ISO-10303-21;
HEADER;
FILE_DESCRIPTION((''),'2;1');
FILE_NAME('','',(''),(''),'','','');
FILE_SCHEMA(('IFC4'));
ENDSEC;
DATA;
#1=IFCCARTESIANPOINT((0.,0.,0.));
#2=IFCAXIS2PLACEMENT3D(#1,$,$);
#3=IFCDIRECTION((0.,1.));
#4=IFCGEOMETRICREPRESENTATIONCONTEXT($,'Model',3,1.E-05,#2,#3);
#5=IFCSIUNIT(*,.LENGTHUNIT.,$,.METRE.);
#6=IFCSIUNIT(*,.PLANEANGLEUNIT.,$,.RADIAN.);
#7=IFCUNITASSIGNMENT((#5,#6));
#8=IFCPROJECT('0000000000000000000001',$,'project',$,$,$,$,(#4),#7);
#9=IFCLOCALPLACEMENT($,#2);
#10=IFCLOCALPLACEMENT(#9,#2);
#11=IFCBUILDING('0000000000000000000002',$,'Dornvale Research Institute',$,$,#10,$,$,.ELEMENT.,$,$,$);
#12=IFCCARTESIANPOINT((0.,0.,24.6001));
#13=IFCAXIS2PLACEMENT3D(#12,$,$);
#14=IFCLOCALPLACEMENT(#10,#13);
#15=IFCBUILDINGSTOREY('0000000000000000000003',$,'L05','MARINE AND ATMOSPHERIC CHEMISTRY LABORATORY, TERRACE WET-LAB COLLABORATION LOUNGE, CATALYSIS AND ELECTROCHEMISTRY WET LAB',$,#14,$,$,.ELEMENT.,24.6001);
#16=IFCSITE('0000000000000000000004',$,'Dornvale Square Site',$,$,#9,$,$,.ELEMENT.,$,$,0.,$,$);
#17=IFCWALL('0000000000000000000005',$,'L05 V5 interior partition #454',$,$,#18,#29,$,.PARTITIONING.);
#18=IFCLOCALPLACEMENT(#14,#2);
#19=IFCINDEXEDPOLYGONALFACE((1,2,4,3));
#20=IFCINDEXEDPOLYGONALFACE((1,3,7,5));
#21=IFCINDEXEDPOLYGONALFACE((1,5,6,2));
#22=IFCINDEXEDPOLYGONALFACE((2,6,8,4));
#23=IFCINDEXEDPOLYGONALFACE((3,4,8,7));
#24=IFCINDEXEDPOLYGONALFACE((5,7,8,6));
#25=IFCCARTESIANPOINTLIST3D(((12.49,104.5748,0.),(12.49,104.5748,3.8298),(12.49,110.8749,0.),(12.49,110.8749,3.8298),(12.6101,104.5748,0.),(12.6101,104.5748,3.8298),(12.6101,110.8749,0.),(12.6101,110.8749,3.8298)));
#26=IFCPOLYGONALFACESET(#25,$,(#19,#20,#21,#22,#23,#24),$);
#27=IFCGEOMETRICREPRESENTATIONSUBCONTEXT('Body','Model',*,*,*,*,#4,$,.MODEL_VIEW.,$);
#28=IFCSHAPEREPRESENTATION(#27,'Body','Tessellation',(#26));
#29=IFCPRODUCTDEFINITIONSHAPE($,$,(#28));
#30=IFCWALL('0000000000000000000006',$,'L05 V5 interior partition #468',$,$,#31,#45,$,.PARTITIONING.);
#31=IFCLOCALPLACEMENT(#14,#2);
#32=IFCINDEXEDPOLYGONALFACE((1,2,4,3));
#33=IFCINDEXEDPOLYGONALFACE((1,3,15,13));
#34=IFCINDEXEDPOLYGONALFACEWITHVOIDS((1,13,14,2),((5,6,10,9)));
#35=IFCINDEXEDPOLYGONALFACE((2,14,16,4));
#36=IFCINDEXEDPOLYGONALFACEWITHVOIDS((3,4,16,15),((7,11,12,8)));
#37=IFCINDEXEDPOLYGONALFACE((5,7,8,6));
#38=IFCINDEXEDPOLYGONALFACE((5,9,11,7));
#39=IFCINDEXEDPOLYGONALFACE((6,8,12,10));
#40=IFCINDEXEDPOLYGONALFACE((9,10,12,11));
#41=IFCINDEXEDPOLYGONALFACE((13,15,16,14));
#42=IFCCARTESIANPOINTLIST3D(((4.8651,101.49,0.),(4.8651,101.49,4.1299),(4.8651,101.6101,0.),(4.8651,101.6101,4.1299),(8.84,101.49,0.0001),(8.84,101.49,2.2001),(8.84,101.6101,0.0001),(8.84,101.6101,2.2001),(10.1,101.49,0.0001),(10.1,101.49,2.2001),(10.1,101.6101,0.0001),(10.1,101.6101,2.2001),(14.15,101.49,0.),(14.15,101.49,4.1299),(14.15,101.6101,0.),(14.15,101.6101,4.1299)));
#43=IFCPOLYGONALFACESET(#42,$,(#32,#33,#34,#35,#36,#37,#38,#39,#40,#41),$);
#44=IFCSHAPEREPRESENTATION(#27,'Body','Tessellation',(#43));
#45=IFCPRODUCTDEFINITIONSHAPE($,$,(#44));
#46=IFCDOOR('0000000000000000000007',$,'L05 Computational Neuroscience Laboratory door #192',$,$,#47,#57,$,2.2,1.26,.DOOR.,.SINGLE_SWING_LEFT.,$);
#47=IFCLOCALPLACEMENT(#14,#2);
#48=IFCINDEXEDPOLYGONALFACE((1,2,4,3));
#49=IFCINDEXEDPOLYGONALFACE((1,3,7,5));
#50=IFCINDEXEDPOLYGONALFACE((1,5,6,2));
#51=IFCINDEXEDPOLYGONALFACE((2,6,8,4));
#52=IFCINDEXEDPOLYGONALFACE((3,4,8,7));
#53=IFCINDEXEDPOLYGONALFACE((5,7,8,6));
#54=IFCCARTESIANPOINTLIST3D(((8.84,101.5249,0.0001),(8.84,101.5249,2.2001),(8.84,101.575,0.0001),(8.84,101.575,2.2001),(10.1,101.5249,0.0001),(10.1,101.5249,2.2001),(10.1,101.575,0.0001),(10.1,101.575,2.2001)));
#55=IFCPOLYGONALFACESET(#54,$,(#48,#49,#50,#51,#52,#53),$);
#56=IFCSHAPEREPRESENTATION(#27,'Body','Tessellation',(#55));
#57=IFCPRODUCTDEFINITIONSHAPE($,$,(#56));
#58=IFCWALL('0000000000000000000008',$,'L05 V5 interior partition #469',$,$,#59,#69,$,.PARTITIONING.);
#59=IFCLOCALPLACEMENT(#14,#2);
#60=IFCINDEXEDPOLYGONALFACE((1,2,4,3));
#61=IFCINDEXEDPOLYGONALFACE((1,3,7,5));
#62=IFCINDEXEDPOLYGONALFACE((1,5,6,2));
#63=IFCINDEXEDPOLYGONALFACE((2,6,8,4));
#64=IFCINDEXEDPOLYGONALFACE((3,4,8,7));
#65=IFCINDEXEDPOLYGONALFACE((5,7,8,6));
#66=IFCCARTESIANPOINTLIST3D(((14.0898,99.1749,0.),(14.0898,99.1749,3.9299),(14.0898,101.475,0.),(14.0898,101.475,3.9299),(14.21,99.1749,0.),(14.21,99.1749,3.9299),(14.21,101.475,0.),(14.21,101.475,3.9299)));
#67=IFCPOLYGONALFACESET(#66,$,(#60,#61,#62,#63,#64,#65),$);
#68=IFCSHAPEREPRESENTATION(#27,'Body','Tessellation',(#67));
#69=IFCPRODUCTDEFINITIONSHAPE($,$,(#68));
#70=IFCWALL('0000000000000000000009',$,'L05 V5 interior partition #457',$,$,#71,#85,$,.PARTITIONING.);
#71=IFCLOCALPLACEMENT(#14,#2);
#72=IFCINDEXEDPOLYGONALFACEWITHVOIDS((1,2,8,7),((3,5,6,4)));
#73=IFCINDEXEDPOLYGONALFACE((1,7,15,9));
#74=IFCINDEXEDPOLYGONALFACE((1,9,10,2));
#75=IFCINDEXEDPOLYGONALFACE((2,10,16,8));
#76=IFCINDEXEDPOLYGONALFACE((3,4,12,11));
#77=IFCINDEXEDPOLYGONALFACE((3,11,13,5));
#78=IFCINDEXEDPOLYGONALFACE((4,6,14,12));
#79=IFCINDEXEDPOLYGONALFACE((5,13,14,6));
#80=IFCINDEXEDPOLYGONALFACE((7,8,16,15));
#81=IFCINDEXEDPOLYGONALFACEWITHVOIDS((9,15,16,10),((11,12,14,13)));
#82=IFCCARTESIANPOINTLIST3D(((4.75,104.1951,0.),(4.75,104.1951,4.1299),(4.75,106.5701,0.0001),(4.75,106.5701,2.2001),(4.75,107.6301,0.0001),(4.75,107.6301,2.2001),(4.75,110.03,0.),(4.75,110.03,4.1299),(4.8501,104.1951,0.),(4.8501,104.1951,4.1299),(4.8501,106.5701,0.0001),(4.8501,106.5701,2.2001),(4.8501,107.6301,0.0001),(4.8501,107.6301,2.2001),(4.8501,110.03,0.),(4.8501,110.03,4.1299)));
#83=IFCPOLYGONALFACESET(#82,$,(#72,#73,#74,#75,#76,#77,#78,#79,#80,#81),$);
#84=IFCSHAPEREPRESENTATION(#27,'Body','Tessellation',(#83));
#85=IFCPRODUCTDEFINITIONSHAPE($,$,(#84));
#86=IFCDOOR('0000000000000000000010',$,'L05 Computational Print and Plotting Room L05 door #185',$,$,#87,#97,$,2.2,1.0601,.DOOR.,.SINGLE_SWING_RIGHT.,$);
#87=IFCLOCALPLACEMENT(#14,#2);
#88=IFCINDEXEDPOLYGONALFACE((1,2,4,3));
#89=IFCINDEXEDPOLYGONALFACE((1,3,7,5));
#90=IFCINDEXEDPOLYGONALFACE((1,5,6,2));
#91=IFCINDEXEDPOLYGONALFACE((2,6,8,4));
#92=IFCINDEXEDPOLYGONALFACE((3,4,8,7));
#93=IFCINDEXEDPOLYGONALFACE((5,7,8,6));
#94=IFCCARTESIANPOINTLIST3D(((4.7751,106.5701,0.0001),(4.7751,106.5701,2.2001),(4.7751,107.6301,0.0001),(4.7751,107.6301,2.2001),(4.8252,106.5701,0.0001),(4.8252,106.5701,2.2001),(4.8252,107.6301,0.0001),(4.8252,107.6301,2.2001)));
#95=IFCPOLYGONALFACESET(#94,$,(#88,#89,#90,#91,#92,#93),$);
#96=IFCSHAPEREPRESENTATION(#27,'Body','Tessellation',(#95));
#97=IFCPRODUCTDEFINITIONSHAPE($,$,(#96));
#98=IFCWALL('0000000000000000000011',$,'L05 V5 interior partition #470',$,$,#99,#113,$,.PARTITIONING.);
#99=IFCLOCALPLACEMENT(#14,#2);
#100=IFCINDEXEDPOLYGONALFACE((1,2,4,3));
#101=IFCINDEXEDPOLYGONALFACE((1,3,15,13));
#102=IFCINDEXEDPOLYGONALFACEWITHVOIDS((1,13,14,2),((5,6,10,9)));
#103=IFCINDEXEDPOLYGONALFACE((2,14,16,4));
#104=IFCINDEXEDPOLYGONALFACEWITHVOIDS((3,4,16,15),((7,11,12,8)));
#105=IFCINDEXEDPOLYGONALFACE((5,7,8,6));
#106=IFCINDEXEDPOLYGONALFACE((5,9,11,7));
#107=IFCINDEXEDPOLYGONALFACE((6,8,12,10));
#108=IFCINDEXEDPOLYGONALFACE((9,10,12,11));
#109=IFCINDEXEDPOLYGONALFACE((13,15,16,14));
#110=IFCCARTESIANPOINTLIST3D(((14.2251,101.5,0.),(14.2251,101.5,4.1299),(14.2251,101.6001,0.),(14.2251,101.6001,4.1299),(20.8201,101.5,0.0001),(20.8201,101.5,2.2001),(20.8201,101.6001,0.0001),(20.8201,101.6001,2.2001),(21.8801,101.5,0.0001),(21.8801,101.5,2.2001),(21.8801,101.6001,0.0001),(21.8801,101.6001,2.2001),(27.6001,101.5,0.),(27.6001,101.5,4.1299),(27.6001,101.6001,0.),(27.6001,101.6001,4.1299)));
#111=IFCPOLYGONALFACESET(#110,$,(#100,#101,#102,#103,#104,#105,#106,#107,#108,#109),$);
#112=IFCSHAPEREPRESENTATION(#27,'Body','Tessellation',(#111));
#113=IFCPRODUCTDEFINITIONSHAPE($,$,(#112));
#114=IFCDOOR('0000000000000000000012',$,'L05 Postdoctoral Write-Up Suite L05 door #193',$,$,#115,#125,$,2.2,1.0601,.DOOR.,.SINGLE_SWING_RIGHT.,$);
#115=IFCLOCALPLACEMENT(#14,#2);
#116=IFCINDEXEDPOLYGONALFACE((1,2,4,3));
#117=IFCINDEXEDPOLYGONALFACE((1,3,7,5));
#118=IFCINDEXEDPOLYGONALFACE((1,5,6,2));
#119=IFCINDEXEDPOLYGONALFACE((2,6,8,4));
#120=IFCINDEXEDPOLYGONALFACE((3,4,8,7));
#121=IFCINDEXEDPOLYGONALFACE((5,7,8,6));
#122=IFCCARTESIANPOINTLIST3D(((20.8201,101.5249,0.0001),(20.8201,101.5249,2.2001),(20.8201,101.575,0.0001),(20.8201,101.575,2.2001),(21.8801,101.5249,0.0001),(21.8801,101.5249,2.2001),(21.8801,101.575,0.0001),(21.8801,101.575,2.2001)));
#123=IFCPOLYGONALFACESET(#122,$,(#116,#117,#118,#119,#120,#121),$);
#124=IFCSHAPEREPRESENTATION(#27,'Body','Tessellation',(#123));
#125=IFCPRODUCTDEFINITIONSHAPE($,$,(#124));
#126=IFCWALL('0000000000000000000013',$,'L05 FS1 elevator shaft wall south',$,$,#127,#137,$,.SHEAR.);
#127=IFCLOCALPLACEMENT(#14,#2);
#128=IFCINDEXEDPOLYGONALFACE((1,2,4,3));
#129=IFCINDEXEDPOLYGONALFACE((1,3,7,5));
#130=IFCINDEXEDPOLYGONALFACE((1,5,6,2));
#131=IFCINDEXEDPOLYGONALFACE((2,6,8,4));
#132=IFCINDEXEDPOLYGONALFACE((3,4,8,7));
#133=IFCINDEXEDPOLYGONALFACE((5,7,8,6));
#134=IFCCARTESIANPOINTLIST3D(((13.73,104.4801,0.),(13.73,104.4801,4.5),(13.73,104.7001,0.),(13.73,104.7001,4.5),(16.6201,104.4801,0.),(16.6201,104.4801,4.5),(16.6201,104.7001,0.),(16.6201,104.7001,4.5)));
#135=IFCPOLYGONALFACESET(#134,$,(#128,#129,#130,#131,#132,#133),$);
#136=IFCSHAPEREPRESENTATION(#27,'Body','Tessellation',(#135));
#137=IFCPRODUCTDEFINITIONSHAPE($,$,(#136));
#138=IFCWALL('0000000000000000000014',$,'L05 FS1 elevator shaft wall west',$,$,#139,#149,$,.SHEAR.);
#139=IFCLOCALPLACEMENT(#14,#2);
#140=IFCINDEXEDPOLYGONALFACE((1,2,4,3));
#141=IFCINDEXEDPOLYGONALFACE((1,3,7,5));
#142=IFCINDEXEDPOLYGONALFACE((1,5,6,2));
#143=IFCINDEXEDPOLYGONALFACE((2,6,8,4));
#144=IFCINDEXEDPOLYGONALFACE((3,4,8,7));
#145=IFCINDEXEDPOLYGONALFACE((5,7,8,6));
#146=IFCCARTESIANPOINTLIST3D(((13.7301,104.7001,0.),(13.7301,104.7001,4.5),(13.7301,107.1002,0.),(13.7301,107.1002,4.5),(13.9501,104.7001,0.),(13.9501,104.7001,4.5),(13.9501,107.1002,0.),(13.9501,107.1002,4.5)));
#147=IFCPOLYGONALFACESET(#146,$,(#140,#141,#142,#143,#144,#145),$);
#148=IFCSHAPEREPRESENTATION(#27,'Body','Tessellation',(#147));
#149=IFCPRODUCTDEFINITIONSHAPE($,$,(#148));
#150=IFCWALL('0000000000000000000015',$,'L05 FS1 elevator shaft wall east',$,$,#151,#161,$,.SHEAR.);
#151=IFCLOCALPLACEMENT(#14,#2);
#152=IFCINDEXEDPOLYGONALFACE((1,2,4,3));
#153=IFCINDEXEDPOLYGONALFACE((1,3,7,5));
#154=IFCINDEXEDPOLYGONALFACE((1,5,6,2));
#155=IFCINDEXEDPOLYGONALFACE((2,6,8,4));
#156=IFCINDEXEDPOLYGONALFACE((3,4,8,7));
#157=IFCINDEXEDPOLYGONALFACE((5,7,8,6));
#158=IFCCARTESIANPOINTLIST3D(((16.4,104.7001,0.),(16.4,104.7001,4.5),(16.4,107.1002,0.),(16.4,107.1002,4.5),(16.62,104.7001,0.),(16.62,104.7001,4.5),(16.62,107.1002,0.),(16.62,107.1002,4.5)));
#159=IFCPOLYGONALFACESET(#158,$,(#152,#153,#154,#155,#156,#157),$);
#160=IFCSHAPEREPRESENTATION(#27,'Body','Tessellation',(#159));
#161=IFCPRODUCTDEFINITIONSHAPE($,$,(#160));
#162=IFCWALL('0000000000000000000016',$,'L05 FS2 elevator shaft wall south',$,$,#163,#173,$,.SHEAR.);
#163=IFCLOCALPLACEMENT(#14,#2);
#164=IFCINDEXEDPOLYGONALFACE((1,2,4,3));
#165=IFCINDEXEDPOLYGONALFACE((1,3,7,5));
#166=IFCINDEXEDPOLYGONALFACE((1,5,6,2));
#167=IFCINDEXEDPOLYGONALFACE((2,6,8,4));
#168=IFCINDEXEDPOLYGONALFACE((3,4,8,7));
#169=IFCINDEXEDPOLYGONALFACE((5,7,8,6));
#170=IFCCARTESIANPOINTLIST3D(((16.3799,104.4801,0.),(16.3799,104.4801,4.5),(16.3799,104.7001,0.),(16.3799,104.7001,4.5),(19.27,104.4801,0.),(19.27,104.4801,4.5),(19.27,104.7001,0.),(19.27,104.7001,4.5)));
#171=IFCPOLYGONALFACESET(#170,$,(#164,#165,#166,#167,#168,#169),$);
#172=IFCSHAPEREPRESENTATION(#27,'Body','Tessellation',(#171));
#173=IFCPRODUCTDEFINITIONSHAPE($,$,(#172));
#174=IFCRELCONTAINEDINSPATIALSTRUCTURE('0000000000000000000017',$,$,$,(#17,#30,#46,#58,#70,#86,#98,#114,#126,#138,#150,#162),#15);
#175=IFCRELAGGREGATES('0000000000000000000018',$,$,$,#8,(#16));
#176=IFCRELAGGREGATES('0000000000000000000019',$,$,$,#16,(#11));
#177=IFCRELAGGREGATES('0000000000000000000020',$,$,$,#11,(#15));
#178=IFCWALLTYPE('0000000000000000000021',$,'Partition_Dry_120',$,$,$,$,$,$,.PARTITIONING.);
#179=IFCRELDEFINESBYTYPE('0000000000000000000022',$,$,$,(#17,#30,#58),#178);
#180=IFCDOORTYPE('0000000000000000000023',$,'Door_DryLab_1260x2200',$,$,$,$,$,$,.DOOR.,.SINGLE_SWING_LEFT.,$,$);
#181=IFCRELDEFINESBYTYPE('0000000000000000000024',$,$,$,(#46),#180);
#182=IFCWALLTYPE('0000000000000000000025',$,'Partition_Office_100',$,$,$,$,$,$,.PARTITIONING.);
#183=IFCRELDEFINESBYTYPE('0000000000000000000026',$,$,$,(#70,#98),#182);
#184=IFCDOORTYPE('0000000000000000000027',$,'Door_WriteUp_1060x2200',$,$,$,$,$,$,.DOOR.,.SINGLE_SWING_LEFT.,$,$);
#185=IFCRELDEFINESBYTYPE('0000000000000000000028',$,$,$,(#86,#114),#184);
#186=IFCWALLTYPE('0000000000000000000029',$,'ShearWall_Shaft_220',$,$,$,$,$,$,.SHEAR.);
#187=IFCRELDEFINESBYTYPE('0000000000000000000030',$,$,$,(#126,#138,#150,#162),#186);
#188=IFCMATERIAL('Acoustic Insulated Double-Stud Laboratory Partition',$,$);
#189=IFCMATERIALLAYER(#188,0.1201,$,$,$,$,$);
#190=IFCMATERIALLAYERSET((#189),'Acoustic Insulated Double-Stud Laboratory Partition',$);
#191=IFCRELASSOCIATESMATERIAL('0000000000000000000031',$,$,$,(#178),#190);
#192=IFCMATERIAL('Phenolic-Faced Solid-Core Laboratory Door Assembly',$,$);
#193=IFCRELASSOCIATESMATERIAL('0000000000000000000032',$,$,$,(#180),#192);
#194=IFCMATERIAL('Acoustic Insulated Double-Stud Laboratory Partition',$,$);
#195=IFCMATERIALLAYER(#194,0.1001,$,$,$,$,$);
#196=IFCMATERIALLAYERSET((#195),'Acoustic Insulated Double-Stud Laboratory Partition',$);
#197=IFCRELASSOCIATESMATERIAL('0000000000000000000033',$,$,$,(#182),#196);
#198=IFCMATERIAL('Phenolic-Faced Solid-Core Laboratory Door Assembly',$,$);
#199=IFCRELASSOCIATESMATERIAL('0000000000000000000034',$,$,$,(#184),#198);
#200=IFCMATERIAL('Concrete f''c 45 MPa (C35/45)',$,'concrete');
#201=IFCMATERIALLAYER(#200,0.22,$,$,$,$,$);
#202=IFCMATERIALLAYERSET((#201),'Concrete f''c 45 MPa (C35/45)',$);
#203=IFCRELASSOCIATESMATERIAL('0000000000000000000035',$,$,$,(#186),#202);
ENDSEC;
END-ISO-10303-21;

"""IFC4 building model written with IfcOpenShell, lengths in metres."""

from ifc_helpers import new_model, si_unit, direction, frame, frame_2d, origin, place, context, subcontext, project, spatial, rectangle, extrude, material, layer, layer_set, type_object, element, fill, save


model = new_model("IFC4")

# Units and contexts
model_context = context("Model", 3, precision=1e-05, world=origin(), true_north=direction((0.0, 1.0)))
body_context = subcontext(model_context, "Body", "Model", "MODEL_VIEW")
ifc_project = project(units=[si_unit("LENGTHUNIT", "METRE"), si_unit("PLANEANGLEUNIT", "RADIAN")], contexts=[model_context])

# Site, building, storey
site_placement = place(None, origin())
site = spatial("IfcSite", under=ifc_project, at=site_placement, Name="Dornvale Square Site", CompositionType="ELEMENT", RefElevation=0.0)
building_placement = place(site_placement, origin())
building = spatial("IfcBuilding", under=site, at=building_placement, Name="Dornvale Research Institute", CompositionType="ELEMENT")
storey_placement = place(building_placement, frame((0.0, 0.0, 24.6001)))
storey = spatial("IfcBuildingStorey", under=building, at=storey_placement, Name="L05", Description="MARINE AND ATMOSPHERIC CHEMISTRY LABORATORY, TERRACE WET-LAB COLLABORATION LOUNGE, CATALYSIS AND ELECTROCHEMISTRY WET LAB", CompositionType="ELEMENT", Elevation=24.6001)

# Wall
ifc_material_1 = material(Name="Acoustic Insulated Double-Stud Laboratory Partition")
ifc_layer_1 = layer(ifc_material_1, 0.1201)
ifc_layer_set_1 = layer_set([ifc_layer_1], Name="Acoustic Insulated Double-Stud Laboratory Partition")
wall_type_1 = type_object("IfcWallType", Name="Partition_Dry_120", PredefinedType="PARTITIONING", material=ifc_layer_set_1)
for number, where, z_axis, x_axis, name in (
    (1, (12.55, 104.575, 0.0), (0.0, 0.0, 1.0), (0.0, 1.0, 0.0), "L05 V5 interior partition #454"),
):
    element("IfcWall", number, at=place(storey_placement, frame(where, z_axis=z_axis, x_axis=x_axis)), inside=storey, type_object=wall_type_1, Name=name, PredefinedType="PARTITIONING", context=body_context, shape_type="SweptSolid", body=[
        extrude(rectangle(XDim=6.3, YDim=0.1201, at=frame_2d((3.1499, 0.0))), origin(), (0.0, 0.0, 1.0), 3.8298),
    ])

# Wall, opening, door
wall_1_placement = place(storey_placement, frame((4.865, 101.55, 0.0), z_axis=(0.0, 0.0, 1.0), x_axis=(1.0, 0.0, 0.0)))
wall_1 = element("IfcWall", 2, at=wall_1_placement, inside=storey, type_object=wall_type_1, Name="L05 V5 interior partition #468", PredefinedType="PARTITIONING", context=body_context, shape_type="SweptSolid", body=[
    extrude(rectangle(XDim=9.2849, YDim=0.1201, at=frame_2d((4.6426, 0.0))), origin(), (0.0, 0.0, 1.0), 4.1299),
])
opening_1_placement = place(wall_1_placement, frame((3.9751, 0.0, 0.0)))
opening_1 = element("IfcOpeningElement", 3, at=opening_1_placement, cuts=wall_1, PredefinedType="OPENING", context=body_context, shape_type="SweptSolid", body=[
    extrude(rectangle(XDim=1.26, YDim=2.2, at=frame_2d((0.6299, 1.1001))), frame((0.0, 0.075, 0.0), z_axis=(0.0, -1.0, 0.0), x_axis=(1.0, 0.0, 0.0)), (0.0, 0.0, 1.0), 0.1501),
])
ifc_material_2 = material(Name="Phenolic-Faced Solid-Core Laboratory Door Assembly")
door_type_1 = type_object("IfcDoorType", Name="Door_DryLab_1260x2200", OperationType="SINGLE_SWING_LEFT", PredefinedType="DOOR", material=ifc_material_2)
door_1_placement = place(opening_1_placement, origin())
door_1 = element("IfcDoor", 4, at=door_1_placement, inside=storey, type_object=door_type_1, Name="L05 Computational Neuroscience Laboratory door #192", OperationType="SINGLE_SWING_LEFT", OverallHeight=2.2, OverallWidth=1.26, PredefinedType="DOOR", context=body_context, shape_type="SweptSolid", body=[
    extrude(rectangle(XDim=1.26, YDim=2.2, at=frame_2d((0.6299, 1.1001))), frame((0.0, 0.0249, 0.0), z_axis=(0.0, -1.0, 0.0), x_axis=(1.0, 0.0, 0.0)), (0.0, 0.0, 1.0), 0.05),
])
fill(opening_1, door_1)

# Wall
wall_2_placement = place(storey_placement, frame((14.1499, 99.175, 0.0), z_axis=(0.0, 0.0, 1.0), x_axis=(0.0, 1.0, 0.0)))
element("IfcWall", 5, at=wall_2_placement, inside=storey, type_object=wall_type_1, Name="L05 V5 interior partition #469", PredefinedType="PARTITIONING", context=body_context, shape_type="SweptSolid", body=[
    extrude(rectangle(XDim=2.3, YDim=0.1201, at=frame_2d((1.1499, 0.0))), origin(), (0.0, 0.0, 1.0), 3.9299),
])

# Walls, openings, doors
ifc_material_3 = material(Name="Acoustic Insulated Double-Stud Laboratory Partition")
ifc_layer_2 = layer(ifc_material_3, 0.1001)
ifc_layer_set_2 = layer_set([ifc_layer_2], Name="Acoustic Insulated Double-Stud Laboratory Partition")
wall_type_2 = type_object("IfcWallType", Name="Partition_Office_100", PredefinedType="PARTITIONING", material=ifc_layer_set_2)
wall_3_placement = place(storey_placement, frame((4.8, 104.1951, 0.0), z_axis=(0.0, 0.0, 1.0), x_axis=(0.0, 1.0, 0.0)))
wall_3 = element("IfcWall", 6, at=wall_3_placement, inside=storey, type_object=wall_type_2, Name="L05 V5 interior partition #457", PredefinedType="PARTITIONING", context=body_context, shape_type="SweptSolid", body=[
    extrude(rectangle(XDim=5.835, YDim=0.1001, at=frame_2d((2.9175, 0.0))), origin(), (0.0, 0.0, 1.0), 4.1299),
])
opening_2_placement = place(wall_3_placement, frame((2.375, 0.0, 0.0)))
opening_2 = element("IfcOpeningElement", 7, at=opening_2_placement, cuts=wall_3, PredefinedType="OPENING", context=body_context, shape_type="SweptSolid", body=[
    extrude(rectangle(XDim=1.0601, YDim=2.2, at=frame_2d((0.53, 1.1001))), frame((0.0, 0.0649, 0.0), z_axis=(0.0, -1.0, 0.0), x_axis=(1.0, 0.0, 0.0)), (0.0, 0.0, 1.0), 0.1301),
])
ifc_material_4 = material(Name="Phenolic-Faced Solid-Core Laboratory Door Assembly")
door_type_2 = type_object("IfcDoorType", Name="Door_WriteUp_1060x2200", OperationType="SINGLE_SWING_LEFT", PredefinedType="DOOR", material=ifc_material_4)
door_2_placement = place(opening_2_placement, origin())
door_2 = element("IfcDoor", 8, at=door_2_placement, inside=storey, type_object=door_type_2, Name="L05 Computational Print and Plotting Room L05 door #185", OperationType="SINGLE_SWING_RIGHT", OverallHeight=2.2, OverallWidth=1.0601, PredefinedType="DOOR", context=body_context, shape_type="SweptSolid", body=[
    extrude(rectangle(XDim=1.0601, YDim=2.2, at=frame_2d((0.53, 1.1001))), frame((0.0, 0.0249, 0.0), z_axis=(0.0, -1.0, 0.0), x_axis=(1.0, 0.0, 0.0)), (0.0, 0.0, 1.0), 0.05),
])
fill(opening_2, door_2)
wall_4_placement = place(storey_placement, frame((14.2251, 101.55, 0.0), z_axis=(0.0, 0.0, 1.0), x_axis=(1.0, 0.0, 0.0)))
wall_4 = element("IfcWall", 9, at=wall_4_placement, inside=storey, type_object=wall_type_2, Name="L05 V5 interior partition #470", PredefinedType="PARTITIONING", context=body_context, shape_type="SweptSolid", body=[
    extrude(rectangle(XDim=13.375, YDim=0.1001, at=frame_2d((6.6875, 0.0))), origin(), (0.0, 0.0, 1.0), 4.1299),
])
opening_3_placement = place(wall_4_placement, frame((6.595, 0.0, 0.0)))
opening_3 = element("IfcOpeningElement", 10, at=opening_3_placement, cuts=wall_4, PredefinedType="OPENING", context=body_context, shape_type="SweptSolid", body=[
    extrude(rectangle(XDim=1.0601, YDim=2.2, at=frame_2d((0.53, 1.1001))), frame((0.0, 0.0649, 0.0), z_axis=(0.0, -1.0, 0.0), x_axis=(1.0, 0.0, 0.0)), (0.0, 0.0, 1.0), 0.1301),
])
door_3_placement = place(opening_3_placement, origin())
door_3 = element("IfcDoor", 11, at=door_3_placement, inside=storey, type_object=door_type_2, Name="L05 Postdoctoral Write-Up Suite L05 door #193", OperationType="SINGLE_SWING_RIGHT", OverallHeight=2.2, OverallWidth=1.0601, PredefinedType="DOOR", context=body_context, shape_type="SweptSolid", body=[
    extrude(rectangle(XDim=1.0601, YDim=2.2, at=frame_2d((0.53, 1.1001))), frame((0.0, 0.0249, 0.0), z_axis=(0.0, -1.0, 0.0), x_axis=(1.0, 0.0, 0.0)), (0.0, 0.0, 1.0), 0.05),
])
fill(opening_3, door_3)

# Walls
ifc_material_5 = material(Name="Concrete f'c 45 MPa (C35/45)", Category="concrete")
ifc_layer_3 = layer(ifc_material_5, 0.22)
ifc_layer_set_3 = layer_set([ifc_layer_3], Name="Concrete f'c 45 MPa (C35/45)")
wall_type_3 = type_object("IfcWallType", Name="ShearWall_Shaft_220", PredefinedType="SHEAR", material=ifc_layer_set_3)
wall_5_placement = place(storey_placement, frame((13.73, 104.5901, 0.0), z_axis=(0.0, 0.0, 1.0), x_axis=(1.0, 0.0, 0.0)))
element("IfcWall", 12, at=wall_5_placement, inside=storey, type_object=wall_type_3, Name="L05 FS1 elevator shaft wall south", PredefinedType="SHEAR", context=body_context, shape_type="SweptSolid", body=[
    extrude(rectangle(XDim=2.8901, YDim=0.22, at=frame_2d((1.4451, 0.0))), origin(), (0.0, 0.0, 1.0), 4.5),
])
for number, where, z_axis, x_axis, name in (
    (13, (13.8401, 104.7, 0.0), (0.0, 0.0, 1.0), (0.0, 1.0, 0.0), "L05 FS1 elevator shaft wall west"),
    (14, (16.51, 104.7, 0.0), (0.0, 0.0, 1.0), (0.0, 1.0, 0.0), "L05 FS1 elevator shaft wall east"),
):
    element("IfcWall", number, at=place(storey_placement, frame(where, z_axis=z_axis, x_axis=x_axis)), inside=storey, type_object=wall_type_3, Name=name, PredefinedType="SHEAR", context=body_context, shape_type="SweptSolid", body=[
        extrude(rectangle(XDim=2.4001, YDim=0.22, at=frame_2d((1.2002, 0.0))), origin(), (0.0, 0.0, 1.0), 4.5),
    ])
wall_6_placement = place(storey_placement, frame((16.3799, 104.5901, 0.0), z_axis=(0.0, 0.0, 1.0), x_axis=(1.0, 0.0, 0.0)))
element("IfcWall", 15, at=wall_6_placement, inside=storey, type_object=wall_type_3, Name="L05 FS2 elevator shaft wall south", PredefinedType="SHEAR", context=body_context, shape_type="SweptSolid", body=[
    extrude(rectangle(XDim=2.8901, YDim=0.22, at=frame_2d((1.4451, 0.0))), origin(), (0.0, 0.0, 1.0), 4.5),
])

save(model, "model.ifc")
